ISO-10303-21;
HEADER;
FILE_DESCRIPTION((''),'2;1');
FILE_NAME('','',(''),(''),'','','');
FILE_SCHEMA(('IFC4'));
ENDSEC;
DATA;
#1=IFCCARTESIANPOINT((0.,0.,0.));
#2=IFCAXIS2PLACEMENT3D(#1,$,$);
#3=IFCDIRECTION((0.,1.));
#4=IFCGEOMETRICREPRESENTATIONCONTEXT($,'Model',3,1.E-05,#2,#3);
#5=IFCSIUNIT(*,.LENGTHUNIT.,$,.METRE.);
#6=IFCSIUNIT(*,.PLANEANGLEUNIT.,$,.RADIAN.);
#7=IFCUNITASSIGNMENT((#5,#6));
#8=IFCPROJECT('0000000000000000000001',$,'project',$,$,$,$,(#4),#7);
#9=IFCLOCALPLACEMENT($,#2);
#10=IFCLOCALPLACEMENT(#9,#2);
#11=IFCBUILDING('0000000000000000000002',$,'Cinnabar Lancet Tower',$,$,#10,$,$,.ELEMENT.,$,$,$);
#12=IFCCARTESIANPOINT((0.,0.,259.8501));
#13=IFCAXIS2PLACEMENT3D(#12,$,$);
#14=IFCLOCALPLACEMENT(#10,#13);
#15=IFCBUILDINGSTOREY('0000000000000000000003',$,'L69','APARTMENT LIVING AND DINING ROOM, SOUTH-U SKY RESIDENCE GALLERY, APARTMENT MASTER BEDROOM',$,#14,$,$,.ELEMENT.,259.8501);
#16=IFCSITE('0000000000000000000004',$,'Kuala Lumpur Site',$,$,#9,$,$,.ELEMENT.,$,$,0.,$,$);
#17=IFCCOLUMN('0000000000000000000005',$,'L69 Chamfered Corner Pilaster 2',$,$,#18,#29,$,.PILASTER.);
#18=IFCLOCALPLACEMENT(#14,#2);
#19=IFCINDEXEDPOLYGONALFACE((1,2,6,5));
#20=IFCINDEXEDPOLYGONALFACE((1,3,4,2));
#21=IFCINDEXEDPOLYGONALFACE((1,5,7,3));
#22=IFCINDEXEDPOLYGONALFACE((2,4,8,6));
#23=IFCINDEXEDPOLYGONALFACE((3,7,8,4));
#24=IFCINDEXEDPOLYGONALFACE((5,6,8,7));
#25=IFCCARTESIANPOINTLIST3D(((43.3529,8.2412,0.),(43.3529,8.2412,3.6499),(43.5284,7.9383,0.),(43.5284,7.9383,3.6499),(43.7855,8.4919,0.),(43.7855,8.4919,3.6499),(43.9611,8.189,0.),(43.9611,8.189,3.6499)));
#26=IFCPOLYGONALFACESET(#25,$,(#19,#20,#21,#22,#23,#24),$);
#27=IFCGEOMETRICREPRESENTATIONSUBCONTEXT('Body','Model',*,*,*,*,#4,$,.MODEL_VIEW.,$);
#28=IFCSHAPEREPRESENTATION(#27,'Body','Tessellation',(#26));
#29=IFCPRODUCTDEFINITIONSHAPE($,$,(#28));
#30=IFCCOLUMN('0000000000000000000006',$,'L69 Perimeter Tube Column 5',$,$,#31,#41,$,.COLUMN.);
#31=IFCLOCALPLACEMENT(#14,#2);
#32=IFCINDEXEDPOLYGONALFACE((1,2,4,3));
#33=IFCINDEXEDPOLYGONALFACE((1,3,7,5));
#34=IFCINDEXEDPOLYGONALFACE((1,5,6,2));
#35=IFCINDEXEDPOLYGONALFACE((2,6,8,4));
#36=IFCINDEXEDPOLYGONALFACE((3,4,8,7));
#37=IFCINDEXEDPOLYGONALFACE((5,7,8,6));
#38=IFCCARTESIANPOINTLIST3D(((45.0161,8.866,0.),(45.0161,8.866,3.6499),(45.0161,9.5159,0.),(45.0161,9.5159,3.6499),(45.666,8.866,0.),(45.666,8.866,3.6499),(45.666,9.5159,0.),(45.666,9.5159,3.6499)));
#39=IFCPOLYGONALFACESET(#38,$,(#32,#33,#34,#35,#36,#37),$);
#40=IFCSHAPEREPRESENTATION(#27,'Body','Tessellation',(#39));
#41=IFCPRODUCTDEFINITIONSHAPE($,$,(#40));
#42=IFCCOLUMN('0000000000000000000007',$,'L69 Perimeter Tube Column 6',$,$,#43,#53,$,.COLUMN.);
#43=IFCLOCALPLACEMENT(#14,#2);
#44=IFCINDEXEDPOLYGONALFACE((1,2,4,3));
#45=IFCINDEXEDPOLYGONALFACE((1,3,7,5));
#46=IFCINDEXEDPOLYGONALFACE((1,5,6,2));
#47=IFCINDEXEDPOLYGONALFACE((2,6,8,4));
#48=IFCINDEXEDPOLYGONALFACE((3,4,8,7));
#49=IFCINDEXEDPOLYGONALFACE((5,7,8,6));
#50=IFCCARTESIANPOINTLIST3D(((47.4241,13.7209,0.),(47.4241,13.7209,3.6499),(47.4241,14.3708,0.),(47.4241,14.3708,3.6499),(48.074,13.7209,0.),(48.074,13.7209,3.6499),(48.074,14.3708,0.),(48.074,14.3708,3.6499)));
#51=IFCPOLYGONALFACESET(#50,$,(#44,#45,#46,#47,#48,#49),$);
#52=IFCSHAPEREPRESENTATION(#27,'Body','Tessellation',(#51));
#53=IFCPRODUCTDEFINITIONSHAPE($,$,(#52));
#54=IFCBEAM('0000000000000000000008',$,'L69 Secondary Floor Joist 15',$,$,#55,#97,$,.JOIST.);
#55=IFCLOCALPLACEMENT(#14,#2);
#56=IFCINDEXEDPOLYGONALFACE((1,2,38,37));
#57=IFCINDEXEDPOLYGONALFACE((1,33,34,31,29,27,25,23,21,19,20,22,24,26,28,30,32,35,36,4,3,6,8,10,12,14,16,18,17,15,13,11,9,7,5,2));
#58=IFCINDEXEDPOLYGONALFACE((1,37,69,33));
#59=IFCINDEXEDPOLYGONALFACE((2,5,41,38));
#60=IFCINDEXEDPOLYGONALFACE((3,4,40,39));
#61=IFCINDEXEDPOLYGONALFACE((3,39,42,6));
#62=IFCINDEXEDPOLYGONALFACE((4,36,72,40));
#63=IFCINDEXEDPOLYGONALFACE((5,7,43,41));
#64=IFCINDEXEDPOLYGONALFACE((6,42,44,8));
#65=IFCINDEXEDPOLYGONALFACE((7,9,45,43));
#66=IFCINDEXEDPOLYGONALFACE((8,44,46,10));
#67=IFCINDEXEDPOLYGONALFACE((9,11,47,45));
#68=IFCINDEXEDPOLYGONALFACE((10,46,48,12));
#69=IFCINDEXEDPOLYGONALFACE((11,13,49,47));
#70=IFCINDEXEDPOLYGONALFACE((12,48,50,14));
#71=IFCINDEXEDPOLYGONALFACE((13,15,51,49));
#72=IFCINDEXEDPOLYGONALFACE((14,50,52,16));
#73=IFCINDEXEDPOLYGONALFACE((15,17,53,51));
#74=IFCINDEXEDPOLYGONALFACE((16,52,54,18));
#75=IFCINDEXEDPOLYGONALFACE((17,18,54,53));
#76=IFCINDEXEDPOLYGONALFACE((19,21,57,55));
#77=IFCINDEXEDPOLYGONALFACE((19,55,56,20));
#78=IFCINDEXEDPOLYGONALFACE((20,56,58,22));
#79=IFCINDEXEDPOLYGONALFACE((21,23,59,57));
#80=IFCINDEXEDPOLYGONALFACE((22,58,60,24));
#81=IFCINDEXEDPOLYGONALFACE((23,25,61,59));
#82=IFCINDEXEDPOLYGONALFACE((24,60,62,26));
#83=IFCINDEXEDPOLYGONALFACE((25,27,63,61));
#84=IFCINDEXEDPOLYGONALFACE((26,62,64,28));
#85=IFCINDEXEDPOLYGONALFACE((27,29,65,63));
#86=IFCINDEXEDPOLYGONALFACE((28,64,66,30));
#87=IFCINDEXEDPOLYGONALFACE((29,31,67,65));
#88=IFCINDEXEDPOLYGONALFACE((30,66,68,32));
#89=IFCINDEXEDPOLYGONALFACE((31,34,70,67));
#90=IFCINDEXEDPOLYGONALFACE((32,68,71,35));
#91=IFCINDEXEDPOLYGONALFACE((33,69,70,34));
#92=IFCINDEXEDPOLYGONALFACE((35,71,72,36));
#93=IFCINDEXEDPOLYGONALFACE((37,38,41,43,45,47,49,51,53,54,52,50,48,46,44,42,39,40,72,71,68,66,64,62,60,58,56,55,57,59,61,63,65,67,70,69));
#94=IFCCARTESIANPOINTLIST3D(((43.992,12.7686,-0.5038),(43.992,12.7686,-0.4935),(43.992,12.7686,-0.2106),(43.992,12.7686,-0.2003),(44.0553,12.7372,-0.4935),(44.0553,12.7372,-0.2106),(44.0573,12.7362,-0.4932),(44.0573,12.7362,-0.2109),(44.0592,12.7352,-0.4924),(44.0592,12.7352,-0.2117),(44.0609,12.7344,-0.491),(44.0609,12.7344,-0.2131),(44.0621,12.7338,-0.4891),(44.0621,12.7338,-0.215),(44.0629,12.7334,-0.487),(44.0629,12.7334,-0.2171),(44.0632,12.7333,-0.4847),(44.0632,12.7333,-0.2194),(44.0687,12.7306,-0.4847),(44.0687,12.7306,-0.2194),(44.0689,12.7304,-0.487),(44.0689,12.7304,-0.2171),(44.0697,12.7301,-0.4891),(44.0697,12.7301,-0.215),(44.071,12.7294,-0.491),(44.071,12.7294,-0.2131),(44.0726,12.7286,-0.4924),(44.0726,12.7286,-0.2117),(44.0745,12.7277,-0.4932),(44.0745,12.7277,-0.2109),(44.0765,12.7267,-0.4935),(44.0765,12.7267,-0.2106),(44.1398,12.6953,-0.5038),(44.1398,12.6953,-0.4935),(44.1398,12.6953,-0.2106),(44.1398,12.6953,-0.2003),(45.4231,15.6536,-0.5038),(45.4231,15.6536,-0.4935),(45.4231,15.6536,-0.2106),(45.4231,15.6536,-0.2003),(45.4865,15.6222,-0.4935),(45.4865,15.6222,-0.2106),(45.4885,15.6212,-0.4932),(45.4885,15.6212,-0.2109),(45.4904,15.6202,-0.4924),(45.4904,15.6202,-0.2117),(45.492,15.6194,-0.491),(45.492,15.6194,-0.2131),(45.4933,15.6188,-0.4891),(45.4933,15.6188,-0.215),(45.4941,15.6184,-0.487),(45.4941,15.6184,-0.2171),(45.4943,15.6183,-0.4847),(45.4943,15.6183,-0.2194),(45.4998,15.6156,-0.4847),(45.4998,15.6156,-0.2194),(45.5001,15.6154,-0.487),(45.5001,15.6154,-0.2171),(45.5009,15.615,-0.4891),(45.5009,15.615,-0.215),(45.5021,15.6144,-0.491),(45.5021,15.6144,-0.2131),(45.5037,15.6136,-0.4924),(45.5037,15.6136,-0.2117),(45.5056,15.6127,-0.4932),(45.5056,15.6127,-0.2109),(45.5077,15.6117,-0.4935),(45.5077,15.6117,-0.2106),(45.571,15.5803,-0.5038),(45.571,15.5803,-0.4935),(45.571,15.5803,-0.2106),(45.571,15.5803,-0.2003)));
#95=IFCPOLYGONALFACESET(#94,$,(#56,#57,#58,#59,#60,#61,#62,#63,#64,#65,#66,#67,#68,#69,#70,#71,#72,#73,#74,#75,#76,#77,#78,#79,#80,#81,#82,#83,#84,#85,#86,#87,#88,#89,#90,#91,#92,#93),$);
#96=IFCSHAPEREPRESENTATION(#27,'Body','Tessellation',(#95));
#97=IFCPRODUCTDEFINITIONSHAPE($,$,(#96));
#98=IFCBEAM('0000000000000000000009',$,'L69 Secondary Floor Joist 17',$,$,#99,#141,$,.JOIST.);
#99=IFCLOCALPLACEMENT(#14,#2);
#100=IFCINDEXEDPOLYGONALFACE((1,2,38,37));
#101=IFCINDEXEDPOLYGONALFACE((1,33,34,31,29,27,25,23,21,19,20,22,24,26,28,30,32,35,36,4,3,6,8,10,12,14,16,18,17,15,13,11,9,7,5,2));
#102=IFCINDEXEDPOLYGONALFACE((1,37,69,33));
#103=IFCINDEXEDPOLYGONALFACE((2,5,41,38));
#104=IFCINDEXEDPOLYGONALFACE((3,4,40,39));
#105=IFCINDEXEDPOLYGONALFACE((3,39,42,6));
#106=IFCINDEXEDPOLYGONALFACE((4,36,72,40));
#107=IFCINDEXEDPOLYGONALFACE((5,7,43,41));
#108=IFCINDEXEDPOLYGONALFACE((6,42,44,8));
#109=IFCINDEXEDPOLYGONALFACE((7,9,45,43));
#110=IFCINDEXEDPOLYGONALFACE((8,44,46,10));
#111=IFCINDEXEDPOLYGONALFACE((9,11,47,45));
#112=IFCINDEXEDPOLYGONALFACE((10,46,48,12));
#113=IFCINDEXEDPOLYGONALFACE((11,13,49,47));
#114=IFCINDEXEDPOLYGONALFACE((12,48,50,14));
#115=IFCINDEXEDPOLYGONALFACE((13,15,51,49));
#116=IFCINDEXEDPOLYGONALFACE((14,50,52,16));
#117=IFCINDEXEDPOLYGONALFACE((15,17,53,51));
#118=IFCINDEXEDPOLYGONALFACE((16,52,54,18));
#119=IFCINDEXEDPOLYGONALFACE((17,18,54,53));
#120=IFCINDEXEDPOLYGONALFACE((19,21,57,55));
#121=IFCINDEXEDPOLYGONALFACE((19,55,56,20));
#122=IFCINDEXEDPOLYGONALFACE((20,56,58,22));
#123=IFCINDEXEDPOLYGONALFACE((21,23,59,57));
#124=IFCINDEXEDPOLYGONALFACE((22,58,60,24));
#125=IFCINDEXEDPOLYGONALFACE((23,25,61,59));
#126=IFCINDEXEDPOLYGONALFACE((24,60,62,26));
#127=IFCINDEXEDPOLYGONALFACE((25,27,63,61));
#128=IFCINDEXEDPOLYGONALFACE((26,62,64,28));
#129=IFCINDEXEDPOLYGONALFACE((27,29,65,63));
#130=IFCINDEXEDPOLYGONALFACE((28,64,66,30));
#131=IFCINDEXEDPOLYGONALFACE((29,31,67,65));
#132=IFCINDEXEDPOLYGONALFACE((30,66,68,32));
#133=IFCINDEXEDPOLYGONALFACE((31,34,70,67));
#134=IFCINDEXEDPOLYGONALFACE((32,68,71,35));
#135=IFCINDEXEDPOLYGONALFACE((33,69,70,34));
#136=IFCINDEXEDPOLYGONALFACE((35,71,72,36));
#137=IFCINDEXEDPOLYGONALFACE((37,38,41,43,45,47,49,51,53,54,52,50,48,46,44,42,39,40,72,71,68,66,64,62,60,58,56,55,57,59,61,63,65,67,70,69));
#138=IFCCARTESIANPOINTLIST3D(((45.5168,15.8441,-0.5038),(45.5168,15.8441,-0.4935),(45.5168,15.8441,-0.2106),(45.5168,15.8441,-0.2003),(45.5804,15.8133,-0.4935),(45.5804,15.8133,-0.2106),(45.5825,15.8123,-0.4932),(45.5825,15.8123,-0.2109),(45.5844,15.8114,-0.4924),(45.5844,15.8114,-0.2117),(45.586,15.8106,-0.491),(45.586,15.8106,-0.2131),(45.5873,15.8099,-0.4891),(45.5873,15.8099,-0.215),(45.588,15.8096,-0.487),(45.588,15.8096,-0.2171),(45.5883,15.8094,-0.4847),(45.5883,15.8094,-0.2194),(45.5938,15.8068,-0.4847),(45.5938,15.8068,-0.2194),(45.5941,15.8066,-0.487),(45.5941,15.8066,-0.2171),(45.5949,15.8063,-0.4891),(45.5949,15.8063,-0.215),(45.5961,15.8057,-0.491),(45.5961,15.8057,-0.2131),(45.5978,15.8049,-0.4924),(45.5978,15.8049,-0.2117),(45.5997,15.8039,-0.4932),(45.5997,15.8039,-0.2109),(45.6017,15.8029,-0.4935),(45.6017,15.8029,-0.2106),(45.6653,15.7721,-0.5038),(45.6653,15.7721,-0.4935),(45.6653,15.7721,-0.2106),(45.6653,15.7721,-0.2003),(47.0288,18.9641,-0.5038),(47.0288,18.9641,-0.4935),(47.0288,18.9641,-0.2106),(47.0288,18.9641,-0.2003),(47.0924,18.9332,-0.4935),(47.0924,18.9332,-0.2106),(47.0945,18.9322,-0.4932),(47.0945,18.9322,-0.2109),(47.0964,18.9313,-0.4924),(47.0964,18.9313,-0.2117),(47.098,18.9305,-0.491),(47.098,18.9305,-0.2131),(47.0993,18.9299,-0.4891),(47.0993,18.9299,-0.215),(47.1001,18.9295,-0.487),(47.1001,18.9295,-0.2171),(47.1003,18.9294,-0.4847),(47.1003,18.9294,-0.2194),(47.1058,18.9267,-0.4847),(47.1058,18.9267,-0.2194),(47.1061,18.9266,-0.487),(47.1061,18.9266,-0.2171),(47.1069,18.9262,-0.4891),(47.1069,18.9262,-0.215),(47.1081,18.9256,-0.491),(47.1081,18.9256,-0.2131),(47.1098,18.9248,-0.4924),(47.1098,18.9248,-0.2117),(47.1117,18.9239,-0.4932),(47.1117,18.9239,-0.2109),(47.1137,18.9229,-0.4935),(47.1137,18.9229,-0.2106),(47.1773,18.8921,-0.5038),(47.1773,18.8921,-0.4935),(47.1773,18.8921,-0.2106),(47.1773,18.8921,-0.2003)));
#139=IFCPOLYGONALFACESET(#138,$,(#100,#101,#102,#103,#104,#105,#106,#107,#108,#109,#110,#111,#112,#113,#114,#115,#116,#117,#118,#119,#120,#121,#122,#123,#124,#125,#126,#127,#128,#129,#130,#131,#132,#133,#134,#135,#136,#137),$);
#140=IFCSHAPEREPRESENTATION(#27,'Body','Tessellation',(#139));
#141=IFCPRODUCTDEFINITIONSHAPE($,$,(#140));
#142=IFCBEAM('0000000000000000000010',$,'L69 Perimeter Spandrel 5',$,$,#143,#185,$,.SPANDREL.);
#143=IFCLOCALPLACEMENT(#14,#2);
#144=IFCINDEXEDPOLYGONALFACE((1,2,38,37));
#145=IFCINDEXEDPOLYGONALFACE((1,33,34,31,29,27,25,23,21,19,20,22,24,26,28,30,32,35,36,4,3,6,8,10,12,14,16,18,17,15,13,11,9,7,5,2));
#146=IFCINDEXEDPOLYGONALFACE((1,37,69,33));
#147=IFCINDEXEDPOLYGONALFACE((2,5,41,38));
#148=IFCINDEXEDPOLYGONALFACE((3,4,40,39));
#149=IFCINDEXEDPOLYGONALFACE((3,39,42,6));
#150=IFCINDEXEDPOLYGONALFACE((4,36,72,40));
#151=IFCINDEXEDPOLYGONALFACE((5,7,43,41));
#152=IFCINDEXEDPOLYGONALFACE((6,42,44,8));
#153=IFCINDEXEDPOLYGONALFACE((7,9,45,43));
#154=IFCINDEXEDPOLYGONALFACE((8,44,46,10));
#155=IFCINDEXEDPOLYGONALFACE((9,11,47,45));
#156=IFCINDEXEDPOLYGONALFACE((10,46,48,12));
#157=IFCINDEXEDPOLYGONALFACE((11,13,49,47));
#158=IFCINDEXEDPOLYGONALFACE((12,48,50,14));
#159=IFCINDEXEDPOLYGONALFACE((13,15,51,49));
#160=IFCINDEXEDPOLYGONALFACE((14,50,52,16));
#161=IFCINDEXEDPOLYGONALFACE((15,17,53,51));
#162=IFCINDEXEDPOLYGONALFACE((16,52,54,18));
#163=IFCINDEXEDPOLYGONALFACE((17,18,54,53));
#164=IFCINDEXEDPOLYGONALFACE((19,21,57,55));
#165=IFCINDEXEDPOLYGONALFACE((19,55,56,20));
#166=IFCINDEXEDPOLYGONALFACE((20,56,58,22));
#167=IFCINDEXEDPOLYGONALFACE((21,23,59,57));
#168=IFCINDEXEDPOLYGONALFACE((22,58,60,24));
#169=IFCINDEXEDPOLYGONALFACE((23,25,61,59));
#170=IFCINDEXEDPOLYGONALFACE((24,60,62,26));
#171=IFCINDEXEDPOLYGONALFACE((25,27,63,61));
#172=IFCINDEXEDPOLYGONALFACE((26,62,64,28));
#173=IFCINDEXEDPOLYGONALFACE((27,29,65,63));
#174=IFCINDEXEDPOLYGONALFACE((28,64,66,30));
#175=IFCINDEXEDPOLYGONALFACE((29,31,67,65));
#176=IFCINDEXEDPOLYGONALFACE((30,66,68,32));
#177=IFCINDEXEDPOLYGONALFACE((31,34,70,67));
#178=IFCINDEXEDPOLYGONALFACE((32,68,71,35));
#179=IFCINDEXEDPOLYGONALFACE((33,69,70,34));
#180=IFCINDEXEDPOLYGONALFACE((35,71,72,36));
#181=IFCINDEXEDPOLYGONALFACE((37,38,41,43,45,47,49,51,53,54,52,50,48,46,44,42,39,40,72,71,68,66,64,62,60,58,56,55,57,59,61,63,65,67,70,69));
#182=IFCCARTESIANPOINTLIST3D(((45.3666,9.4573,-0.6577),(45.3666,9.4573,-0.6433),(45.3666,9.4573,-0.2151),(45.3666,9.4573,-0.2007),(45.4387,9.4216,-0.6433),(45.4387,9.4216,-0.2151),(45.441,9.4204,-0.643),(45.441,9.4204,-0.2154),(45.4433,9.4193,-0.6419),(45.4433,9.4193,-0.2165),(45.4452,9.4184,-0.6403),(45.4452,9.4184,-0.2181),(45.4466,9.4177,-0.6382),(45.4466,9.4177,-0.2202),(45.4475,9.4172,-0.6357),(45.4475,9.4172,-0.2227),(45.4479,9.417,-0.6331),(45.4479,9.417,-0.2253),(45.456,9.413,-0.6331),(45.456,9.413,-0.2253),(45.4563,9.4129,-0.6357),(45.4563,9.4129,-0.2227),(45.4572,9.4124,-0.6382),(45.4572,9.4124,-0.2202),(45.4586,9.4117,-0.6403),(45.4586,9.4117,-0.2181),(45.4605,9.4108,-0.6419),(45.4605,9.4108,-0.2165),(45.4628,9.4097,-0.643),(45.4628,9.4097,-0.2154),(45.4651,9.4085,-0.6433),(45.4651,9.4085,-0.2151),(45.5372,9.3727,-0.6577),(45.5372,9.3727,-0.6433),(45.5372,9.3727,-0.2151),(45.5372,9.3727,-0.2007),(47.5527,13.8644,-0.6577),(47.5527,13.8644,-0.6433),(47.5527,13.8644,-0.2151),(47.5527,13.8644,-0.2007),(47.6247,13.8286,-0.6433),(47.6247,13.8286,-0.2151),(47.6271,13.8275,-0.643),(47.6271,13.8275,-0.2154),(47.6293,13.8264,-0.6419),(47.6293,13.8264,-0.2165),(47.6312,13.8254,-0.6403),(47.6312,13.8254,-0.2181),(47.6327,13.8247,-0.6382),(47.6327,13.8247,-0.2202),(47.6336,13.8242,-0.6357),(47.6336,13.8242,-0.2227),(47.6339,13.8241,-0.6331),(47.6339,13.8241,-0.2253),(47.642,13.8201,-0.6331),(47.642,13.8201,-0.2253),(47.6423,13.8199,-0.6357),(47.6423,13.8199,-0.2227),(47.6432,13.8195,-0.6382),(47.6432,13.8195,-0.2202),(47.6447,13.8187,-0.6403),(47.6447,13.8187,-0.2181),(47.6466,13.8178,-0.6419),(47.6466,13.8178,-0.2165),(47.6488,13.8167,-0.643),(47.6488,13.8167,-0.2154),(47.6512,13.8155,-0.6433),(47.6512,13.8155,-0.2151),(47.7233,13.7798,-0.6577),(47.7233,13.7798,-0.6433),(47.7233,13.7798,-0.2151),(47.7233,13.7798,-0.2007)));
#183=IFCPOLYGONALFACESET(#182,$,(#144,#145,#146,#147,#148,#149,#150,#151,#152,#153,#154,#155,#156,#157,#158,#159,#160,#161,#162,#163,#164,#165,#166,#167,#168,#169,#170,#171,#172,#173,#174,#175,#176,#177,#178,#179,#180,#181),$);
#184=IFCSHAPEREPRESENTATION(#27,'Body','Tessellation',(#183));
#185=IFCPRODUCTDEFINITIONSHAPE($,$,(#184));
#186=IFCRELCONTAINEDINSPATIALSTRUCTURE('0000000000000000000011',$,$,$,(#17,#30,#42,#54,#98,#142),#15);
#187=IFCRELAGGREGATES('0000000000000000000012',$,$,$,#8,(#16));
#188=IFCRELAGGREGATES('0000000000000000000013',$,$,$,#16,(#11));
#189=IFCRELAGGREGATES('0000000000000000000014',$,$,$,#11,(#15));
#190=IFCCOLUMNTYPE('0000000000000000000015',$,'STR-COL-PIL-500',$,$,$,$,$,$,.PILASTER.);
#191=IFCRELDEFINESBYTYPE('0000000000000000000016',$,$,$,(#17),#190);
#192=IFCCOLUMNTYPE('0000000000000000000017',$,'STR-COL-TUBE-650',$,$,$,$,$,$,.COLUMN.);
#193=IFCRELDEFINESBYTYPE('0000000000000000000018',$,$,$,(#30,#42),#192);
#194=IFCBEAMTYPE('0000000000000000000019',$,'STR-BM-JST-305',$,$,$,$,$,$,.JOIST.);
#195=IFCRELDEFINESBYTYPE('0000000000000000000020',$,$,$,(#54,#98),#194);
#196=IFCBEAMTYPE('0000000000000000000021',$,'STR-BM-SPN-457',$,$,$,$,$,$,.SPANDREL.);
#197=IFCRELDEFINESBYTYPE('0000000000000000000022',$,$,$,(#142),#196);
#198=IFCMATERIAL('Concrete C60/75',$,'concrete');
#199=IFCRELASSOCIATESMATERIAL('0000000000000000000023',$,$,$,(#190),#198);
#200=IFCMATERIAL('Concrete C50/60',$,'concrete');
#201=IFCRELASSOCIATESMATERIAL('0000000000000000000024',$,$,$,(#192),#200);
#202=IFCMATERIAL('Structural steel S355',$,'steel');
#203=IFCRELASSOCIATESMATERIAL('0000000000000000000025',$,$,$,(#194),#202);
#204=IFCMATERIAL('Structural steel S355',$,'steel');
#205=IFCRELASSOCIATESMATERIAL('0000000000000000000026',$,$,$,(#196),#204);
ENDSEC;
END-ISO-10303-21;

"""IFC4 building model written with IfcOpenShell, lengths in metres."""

from ifc_helpers import new_model, si_unit, direction, frame, origin, origin_2d, place, context, subcontext, project, spatial, rectangle, i_section, extrude, material, material_profile, profile_set, type_object, element, save


model = new_model("IFC4")

# Units and contexts
model_context = context("Model", 3, precision=1e-05, world=origin(), true_north=direction((0.0, 1.0)))
body_context = subcontext(model_context, "Body", "Model", "MODEL_VIEW")
ifc_project = project(units=[si_unit("LENGTHUNIT", "METRE"), si_unit("PLANEANGLEUNIT", "RADIAN")], contexts=[model_context])

# Site, building, storey
site_placement = place(None, origin())
site = spatial("IfcSite", under=ifc_project, at=site_placement, Name="Kuala Lumpur Site", CompositionType="ELEMENT", RefElevation=0.0)
building_placement = place(site_placement, origin())
building = spatial("IfcBuilding", under=site, at=building_placement, Name="Cinnabar Lancet Tower", CompositionType="ELEMENT")
storey_placement = place(building_placement, frame((0.0, 0.0, 259.8501)))
storey = spatial("IfcBuildingStorey", under=building, at=storey_placement, Name="L69", Description="APARTMENT LIVING AND DINING ROOM, SOUTH-U SKY RESIDENCE GALLERY, APARTMENT MASTER BEDROOM", CompositionType="ELEMENT", Elevation=259.8501)

# Columns
ifc_material_1 = material(Name="Concrete C60/75", Category="concrete")
ifc_material_profile_1 = material_profile(ifc_material_1, rectangle(XDim=0.5, YDim=0.3501, at=origin_2d()), Name="RC-PIL 500x350")
ifc_profile_set_1 = profile_set([ifc_material_profile_1], Name="Concrete C60/75")
column_type_1 = type_object("IfcColumnType", Name="STR-COL-PIL-500", PredefinedType="PILASTER", material=ifc_profile_set_1)
column_placement = place(storey_placement, frame((43.657, 8.2151, 0.0), z_axis=(0.0, 0.0, 1.0), x_axis=(0.865256, 0.50133, 0.0)))
element("IfcColumn", 1, at=column_placement, inside=storey, type_object=column_type_1, Name="L69 Chamfered Corner Pilaster 2", PredefinedType="PILASTER", context=body_context, shape_type="SweptSolid", body=[
    extrude(rectangle(XDim=0.5, YDim=0.3501, at=origin_2d()), origin(), (0.0, 0.0, 1.0), 3.6499),
])
ifc_material_2 = material(Name="Concrete C50/60", Category="concrete")
ifc_material_profile_2 = material_profile(ifc_material_2, rectangle(XDim=0.6499, YDim=0.6499, at=origin_2d()), Name="RC-COL 650x650")
ifc_profile_set_2 = profile_set([ifc_material_profile_2], Name="Concrete C50/60")
column_type_2 = type_object("IfcColumnType", Name="STR-COL-TUBE-650", PredefinedType="COLUMN", material=ifc_profile_set_2)
for number, where, z_axis, x_axis, name in (
    (2, (45.3411, 9.1909, 0.0), (0.0, 0.0, 1.0), (1.0, 0.0, 0.0), "L69 Perimeter Tube Column 5"),
    (3, (47.749, 14.0459, 0.0), (0.0, 0.0, 1.0), (1.0, 0.0, 0.0), "L69 Perimeter Tube Column 6"),
):
    element("IfcColumn", number, at=place(storey_placement, frame(where, z_axis=z_axis, x_axis=x_axis)), inside=storey, type_object=column_type_2, Name=name, PredefinedType="COLUMN", context=body_context, shape_type="SweptSolid", body=[
        extrude(rectangle(XDim=0.6499, YDim=0.6499, at=origin_2d()), origin(), (0.0, 0.0, 1.0), 3.6499),
    ])

# Beams
ifc_material_3 = material(Name="Structural steel S355", Category="steel")
ifc_material_profile_3 = material_profile(ifc_material_3, i_section(OverallWidth=0.165, OverallDepth=0.3035, WebThickness=0.0061, FlangeThickness=0.0103, FilletRadius=0.0088, at=origin_2d()), Name="UKB 305x165x40")
ifc_profile_set_3 = profile_set([ifc_material_profile_3], Name="Structural steel S355")
beam_type_1 = type_object("IfcBeamType", Name="STR-BM-JST-305", PredefinedType="JOIST", material=ifc_profile_set_3)
beam_1_placement = place(storey_placement, frame((44.0659, 12.7319, -0.3521), z_axis=(0.444391, 0.895833, 0.0), x_axis=(-0.895833, 0.444391, 0.0)))
element("IfcBeam", 4, at=beam_1_placement, inside=storey, type_object=beam_type_1, Name="L69 Secondary Floor Joist 15", PredefinedType="JOIST", context=body_context, shape_type="SweptSolid", body=[
    extrude(i_section(OverallWidth=0.165, OverallDepth=0.3035, WebThickness=0.0061, FlangeThickness=0.0103, FilletRadius=0.0088, at=origin_2d()), origin(), (0.0, 0.0, 1.0), 3.2205),
])
beam_2_placement = place(storey_placement, frame((45.5911, 15.8081, -0.3521), z_axis=(0.436109, 0.899894, 0.0), x_axis=(-0.899894, 0.436109, 0.0)))
element("IfcBeam", 5, at=beam_2_placement, inside=storey, type_object=beam_type_1, Name="L69 Secondary Floor Joist 17", PredefinedType="JOIST", context=body_context, shape_type="SweptSolid", body=[
    extrude(i_section(OverallWidth=0.165, OverallDepth=0.3035, WebThickness=0.0061, FlangeThickness=0.0103, FilletRadius=0.0088, at=origin_2d()), origin(), (0.0, 0.0, 1.0), 3.467),
])
ifc_material_4 = material(Name="Structural steel S355", Category="steel")
ifc_material_profile_4 = material_profile(ifc_material_4, i_section(OverallWidth=0.1904, OverallDepth=0.457, WebThickness=0.009, FlangeThickness=0.0144, FilletRadius=0.0103, at=origin_2d()), Name="UKB 457x191x74")
ifc_profile_set_4 = profile_set([ifc_material_profile_4], Name="Structural steel S355")
beam_type_2 = type_object("IfcBeamType", Name="STR-BM-SPN-457", PredefinedType="SPANDREL", material=ifc_profile_set_4)
beam_3_placement = place(storey_placement, frame((45.4519, 9.415, -0.4292), z_axis=(0.444373, 0.895842, 0.0), x_axis=(-0.895842, 0.444373, 0.0)))
element("IfcBeam", 6, at=beam_3_placement, inside=storey, type_object=beam_type_2, Name="L69 Perimeter Spandrel 5", PredefinedType="SPANDREL", context=body_context, shape_type="SweptSolid", body=[
    extrude(i_section(OverallWidth=0.1904, OverallDepth=0.457, WebThickness=0.009, FlangeThickness=0.0144, FilletRadius=0.0103, at=origin_2d()), origin(), (0.0, 0.0, 1.0), 4.9194),
])

save(model, "model.ifc")
